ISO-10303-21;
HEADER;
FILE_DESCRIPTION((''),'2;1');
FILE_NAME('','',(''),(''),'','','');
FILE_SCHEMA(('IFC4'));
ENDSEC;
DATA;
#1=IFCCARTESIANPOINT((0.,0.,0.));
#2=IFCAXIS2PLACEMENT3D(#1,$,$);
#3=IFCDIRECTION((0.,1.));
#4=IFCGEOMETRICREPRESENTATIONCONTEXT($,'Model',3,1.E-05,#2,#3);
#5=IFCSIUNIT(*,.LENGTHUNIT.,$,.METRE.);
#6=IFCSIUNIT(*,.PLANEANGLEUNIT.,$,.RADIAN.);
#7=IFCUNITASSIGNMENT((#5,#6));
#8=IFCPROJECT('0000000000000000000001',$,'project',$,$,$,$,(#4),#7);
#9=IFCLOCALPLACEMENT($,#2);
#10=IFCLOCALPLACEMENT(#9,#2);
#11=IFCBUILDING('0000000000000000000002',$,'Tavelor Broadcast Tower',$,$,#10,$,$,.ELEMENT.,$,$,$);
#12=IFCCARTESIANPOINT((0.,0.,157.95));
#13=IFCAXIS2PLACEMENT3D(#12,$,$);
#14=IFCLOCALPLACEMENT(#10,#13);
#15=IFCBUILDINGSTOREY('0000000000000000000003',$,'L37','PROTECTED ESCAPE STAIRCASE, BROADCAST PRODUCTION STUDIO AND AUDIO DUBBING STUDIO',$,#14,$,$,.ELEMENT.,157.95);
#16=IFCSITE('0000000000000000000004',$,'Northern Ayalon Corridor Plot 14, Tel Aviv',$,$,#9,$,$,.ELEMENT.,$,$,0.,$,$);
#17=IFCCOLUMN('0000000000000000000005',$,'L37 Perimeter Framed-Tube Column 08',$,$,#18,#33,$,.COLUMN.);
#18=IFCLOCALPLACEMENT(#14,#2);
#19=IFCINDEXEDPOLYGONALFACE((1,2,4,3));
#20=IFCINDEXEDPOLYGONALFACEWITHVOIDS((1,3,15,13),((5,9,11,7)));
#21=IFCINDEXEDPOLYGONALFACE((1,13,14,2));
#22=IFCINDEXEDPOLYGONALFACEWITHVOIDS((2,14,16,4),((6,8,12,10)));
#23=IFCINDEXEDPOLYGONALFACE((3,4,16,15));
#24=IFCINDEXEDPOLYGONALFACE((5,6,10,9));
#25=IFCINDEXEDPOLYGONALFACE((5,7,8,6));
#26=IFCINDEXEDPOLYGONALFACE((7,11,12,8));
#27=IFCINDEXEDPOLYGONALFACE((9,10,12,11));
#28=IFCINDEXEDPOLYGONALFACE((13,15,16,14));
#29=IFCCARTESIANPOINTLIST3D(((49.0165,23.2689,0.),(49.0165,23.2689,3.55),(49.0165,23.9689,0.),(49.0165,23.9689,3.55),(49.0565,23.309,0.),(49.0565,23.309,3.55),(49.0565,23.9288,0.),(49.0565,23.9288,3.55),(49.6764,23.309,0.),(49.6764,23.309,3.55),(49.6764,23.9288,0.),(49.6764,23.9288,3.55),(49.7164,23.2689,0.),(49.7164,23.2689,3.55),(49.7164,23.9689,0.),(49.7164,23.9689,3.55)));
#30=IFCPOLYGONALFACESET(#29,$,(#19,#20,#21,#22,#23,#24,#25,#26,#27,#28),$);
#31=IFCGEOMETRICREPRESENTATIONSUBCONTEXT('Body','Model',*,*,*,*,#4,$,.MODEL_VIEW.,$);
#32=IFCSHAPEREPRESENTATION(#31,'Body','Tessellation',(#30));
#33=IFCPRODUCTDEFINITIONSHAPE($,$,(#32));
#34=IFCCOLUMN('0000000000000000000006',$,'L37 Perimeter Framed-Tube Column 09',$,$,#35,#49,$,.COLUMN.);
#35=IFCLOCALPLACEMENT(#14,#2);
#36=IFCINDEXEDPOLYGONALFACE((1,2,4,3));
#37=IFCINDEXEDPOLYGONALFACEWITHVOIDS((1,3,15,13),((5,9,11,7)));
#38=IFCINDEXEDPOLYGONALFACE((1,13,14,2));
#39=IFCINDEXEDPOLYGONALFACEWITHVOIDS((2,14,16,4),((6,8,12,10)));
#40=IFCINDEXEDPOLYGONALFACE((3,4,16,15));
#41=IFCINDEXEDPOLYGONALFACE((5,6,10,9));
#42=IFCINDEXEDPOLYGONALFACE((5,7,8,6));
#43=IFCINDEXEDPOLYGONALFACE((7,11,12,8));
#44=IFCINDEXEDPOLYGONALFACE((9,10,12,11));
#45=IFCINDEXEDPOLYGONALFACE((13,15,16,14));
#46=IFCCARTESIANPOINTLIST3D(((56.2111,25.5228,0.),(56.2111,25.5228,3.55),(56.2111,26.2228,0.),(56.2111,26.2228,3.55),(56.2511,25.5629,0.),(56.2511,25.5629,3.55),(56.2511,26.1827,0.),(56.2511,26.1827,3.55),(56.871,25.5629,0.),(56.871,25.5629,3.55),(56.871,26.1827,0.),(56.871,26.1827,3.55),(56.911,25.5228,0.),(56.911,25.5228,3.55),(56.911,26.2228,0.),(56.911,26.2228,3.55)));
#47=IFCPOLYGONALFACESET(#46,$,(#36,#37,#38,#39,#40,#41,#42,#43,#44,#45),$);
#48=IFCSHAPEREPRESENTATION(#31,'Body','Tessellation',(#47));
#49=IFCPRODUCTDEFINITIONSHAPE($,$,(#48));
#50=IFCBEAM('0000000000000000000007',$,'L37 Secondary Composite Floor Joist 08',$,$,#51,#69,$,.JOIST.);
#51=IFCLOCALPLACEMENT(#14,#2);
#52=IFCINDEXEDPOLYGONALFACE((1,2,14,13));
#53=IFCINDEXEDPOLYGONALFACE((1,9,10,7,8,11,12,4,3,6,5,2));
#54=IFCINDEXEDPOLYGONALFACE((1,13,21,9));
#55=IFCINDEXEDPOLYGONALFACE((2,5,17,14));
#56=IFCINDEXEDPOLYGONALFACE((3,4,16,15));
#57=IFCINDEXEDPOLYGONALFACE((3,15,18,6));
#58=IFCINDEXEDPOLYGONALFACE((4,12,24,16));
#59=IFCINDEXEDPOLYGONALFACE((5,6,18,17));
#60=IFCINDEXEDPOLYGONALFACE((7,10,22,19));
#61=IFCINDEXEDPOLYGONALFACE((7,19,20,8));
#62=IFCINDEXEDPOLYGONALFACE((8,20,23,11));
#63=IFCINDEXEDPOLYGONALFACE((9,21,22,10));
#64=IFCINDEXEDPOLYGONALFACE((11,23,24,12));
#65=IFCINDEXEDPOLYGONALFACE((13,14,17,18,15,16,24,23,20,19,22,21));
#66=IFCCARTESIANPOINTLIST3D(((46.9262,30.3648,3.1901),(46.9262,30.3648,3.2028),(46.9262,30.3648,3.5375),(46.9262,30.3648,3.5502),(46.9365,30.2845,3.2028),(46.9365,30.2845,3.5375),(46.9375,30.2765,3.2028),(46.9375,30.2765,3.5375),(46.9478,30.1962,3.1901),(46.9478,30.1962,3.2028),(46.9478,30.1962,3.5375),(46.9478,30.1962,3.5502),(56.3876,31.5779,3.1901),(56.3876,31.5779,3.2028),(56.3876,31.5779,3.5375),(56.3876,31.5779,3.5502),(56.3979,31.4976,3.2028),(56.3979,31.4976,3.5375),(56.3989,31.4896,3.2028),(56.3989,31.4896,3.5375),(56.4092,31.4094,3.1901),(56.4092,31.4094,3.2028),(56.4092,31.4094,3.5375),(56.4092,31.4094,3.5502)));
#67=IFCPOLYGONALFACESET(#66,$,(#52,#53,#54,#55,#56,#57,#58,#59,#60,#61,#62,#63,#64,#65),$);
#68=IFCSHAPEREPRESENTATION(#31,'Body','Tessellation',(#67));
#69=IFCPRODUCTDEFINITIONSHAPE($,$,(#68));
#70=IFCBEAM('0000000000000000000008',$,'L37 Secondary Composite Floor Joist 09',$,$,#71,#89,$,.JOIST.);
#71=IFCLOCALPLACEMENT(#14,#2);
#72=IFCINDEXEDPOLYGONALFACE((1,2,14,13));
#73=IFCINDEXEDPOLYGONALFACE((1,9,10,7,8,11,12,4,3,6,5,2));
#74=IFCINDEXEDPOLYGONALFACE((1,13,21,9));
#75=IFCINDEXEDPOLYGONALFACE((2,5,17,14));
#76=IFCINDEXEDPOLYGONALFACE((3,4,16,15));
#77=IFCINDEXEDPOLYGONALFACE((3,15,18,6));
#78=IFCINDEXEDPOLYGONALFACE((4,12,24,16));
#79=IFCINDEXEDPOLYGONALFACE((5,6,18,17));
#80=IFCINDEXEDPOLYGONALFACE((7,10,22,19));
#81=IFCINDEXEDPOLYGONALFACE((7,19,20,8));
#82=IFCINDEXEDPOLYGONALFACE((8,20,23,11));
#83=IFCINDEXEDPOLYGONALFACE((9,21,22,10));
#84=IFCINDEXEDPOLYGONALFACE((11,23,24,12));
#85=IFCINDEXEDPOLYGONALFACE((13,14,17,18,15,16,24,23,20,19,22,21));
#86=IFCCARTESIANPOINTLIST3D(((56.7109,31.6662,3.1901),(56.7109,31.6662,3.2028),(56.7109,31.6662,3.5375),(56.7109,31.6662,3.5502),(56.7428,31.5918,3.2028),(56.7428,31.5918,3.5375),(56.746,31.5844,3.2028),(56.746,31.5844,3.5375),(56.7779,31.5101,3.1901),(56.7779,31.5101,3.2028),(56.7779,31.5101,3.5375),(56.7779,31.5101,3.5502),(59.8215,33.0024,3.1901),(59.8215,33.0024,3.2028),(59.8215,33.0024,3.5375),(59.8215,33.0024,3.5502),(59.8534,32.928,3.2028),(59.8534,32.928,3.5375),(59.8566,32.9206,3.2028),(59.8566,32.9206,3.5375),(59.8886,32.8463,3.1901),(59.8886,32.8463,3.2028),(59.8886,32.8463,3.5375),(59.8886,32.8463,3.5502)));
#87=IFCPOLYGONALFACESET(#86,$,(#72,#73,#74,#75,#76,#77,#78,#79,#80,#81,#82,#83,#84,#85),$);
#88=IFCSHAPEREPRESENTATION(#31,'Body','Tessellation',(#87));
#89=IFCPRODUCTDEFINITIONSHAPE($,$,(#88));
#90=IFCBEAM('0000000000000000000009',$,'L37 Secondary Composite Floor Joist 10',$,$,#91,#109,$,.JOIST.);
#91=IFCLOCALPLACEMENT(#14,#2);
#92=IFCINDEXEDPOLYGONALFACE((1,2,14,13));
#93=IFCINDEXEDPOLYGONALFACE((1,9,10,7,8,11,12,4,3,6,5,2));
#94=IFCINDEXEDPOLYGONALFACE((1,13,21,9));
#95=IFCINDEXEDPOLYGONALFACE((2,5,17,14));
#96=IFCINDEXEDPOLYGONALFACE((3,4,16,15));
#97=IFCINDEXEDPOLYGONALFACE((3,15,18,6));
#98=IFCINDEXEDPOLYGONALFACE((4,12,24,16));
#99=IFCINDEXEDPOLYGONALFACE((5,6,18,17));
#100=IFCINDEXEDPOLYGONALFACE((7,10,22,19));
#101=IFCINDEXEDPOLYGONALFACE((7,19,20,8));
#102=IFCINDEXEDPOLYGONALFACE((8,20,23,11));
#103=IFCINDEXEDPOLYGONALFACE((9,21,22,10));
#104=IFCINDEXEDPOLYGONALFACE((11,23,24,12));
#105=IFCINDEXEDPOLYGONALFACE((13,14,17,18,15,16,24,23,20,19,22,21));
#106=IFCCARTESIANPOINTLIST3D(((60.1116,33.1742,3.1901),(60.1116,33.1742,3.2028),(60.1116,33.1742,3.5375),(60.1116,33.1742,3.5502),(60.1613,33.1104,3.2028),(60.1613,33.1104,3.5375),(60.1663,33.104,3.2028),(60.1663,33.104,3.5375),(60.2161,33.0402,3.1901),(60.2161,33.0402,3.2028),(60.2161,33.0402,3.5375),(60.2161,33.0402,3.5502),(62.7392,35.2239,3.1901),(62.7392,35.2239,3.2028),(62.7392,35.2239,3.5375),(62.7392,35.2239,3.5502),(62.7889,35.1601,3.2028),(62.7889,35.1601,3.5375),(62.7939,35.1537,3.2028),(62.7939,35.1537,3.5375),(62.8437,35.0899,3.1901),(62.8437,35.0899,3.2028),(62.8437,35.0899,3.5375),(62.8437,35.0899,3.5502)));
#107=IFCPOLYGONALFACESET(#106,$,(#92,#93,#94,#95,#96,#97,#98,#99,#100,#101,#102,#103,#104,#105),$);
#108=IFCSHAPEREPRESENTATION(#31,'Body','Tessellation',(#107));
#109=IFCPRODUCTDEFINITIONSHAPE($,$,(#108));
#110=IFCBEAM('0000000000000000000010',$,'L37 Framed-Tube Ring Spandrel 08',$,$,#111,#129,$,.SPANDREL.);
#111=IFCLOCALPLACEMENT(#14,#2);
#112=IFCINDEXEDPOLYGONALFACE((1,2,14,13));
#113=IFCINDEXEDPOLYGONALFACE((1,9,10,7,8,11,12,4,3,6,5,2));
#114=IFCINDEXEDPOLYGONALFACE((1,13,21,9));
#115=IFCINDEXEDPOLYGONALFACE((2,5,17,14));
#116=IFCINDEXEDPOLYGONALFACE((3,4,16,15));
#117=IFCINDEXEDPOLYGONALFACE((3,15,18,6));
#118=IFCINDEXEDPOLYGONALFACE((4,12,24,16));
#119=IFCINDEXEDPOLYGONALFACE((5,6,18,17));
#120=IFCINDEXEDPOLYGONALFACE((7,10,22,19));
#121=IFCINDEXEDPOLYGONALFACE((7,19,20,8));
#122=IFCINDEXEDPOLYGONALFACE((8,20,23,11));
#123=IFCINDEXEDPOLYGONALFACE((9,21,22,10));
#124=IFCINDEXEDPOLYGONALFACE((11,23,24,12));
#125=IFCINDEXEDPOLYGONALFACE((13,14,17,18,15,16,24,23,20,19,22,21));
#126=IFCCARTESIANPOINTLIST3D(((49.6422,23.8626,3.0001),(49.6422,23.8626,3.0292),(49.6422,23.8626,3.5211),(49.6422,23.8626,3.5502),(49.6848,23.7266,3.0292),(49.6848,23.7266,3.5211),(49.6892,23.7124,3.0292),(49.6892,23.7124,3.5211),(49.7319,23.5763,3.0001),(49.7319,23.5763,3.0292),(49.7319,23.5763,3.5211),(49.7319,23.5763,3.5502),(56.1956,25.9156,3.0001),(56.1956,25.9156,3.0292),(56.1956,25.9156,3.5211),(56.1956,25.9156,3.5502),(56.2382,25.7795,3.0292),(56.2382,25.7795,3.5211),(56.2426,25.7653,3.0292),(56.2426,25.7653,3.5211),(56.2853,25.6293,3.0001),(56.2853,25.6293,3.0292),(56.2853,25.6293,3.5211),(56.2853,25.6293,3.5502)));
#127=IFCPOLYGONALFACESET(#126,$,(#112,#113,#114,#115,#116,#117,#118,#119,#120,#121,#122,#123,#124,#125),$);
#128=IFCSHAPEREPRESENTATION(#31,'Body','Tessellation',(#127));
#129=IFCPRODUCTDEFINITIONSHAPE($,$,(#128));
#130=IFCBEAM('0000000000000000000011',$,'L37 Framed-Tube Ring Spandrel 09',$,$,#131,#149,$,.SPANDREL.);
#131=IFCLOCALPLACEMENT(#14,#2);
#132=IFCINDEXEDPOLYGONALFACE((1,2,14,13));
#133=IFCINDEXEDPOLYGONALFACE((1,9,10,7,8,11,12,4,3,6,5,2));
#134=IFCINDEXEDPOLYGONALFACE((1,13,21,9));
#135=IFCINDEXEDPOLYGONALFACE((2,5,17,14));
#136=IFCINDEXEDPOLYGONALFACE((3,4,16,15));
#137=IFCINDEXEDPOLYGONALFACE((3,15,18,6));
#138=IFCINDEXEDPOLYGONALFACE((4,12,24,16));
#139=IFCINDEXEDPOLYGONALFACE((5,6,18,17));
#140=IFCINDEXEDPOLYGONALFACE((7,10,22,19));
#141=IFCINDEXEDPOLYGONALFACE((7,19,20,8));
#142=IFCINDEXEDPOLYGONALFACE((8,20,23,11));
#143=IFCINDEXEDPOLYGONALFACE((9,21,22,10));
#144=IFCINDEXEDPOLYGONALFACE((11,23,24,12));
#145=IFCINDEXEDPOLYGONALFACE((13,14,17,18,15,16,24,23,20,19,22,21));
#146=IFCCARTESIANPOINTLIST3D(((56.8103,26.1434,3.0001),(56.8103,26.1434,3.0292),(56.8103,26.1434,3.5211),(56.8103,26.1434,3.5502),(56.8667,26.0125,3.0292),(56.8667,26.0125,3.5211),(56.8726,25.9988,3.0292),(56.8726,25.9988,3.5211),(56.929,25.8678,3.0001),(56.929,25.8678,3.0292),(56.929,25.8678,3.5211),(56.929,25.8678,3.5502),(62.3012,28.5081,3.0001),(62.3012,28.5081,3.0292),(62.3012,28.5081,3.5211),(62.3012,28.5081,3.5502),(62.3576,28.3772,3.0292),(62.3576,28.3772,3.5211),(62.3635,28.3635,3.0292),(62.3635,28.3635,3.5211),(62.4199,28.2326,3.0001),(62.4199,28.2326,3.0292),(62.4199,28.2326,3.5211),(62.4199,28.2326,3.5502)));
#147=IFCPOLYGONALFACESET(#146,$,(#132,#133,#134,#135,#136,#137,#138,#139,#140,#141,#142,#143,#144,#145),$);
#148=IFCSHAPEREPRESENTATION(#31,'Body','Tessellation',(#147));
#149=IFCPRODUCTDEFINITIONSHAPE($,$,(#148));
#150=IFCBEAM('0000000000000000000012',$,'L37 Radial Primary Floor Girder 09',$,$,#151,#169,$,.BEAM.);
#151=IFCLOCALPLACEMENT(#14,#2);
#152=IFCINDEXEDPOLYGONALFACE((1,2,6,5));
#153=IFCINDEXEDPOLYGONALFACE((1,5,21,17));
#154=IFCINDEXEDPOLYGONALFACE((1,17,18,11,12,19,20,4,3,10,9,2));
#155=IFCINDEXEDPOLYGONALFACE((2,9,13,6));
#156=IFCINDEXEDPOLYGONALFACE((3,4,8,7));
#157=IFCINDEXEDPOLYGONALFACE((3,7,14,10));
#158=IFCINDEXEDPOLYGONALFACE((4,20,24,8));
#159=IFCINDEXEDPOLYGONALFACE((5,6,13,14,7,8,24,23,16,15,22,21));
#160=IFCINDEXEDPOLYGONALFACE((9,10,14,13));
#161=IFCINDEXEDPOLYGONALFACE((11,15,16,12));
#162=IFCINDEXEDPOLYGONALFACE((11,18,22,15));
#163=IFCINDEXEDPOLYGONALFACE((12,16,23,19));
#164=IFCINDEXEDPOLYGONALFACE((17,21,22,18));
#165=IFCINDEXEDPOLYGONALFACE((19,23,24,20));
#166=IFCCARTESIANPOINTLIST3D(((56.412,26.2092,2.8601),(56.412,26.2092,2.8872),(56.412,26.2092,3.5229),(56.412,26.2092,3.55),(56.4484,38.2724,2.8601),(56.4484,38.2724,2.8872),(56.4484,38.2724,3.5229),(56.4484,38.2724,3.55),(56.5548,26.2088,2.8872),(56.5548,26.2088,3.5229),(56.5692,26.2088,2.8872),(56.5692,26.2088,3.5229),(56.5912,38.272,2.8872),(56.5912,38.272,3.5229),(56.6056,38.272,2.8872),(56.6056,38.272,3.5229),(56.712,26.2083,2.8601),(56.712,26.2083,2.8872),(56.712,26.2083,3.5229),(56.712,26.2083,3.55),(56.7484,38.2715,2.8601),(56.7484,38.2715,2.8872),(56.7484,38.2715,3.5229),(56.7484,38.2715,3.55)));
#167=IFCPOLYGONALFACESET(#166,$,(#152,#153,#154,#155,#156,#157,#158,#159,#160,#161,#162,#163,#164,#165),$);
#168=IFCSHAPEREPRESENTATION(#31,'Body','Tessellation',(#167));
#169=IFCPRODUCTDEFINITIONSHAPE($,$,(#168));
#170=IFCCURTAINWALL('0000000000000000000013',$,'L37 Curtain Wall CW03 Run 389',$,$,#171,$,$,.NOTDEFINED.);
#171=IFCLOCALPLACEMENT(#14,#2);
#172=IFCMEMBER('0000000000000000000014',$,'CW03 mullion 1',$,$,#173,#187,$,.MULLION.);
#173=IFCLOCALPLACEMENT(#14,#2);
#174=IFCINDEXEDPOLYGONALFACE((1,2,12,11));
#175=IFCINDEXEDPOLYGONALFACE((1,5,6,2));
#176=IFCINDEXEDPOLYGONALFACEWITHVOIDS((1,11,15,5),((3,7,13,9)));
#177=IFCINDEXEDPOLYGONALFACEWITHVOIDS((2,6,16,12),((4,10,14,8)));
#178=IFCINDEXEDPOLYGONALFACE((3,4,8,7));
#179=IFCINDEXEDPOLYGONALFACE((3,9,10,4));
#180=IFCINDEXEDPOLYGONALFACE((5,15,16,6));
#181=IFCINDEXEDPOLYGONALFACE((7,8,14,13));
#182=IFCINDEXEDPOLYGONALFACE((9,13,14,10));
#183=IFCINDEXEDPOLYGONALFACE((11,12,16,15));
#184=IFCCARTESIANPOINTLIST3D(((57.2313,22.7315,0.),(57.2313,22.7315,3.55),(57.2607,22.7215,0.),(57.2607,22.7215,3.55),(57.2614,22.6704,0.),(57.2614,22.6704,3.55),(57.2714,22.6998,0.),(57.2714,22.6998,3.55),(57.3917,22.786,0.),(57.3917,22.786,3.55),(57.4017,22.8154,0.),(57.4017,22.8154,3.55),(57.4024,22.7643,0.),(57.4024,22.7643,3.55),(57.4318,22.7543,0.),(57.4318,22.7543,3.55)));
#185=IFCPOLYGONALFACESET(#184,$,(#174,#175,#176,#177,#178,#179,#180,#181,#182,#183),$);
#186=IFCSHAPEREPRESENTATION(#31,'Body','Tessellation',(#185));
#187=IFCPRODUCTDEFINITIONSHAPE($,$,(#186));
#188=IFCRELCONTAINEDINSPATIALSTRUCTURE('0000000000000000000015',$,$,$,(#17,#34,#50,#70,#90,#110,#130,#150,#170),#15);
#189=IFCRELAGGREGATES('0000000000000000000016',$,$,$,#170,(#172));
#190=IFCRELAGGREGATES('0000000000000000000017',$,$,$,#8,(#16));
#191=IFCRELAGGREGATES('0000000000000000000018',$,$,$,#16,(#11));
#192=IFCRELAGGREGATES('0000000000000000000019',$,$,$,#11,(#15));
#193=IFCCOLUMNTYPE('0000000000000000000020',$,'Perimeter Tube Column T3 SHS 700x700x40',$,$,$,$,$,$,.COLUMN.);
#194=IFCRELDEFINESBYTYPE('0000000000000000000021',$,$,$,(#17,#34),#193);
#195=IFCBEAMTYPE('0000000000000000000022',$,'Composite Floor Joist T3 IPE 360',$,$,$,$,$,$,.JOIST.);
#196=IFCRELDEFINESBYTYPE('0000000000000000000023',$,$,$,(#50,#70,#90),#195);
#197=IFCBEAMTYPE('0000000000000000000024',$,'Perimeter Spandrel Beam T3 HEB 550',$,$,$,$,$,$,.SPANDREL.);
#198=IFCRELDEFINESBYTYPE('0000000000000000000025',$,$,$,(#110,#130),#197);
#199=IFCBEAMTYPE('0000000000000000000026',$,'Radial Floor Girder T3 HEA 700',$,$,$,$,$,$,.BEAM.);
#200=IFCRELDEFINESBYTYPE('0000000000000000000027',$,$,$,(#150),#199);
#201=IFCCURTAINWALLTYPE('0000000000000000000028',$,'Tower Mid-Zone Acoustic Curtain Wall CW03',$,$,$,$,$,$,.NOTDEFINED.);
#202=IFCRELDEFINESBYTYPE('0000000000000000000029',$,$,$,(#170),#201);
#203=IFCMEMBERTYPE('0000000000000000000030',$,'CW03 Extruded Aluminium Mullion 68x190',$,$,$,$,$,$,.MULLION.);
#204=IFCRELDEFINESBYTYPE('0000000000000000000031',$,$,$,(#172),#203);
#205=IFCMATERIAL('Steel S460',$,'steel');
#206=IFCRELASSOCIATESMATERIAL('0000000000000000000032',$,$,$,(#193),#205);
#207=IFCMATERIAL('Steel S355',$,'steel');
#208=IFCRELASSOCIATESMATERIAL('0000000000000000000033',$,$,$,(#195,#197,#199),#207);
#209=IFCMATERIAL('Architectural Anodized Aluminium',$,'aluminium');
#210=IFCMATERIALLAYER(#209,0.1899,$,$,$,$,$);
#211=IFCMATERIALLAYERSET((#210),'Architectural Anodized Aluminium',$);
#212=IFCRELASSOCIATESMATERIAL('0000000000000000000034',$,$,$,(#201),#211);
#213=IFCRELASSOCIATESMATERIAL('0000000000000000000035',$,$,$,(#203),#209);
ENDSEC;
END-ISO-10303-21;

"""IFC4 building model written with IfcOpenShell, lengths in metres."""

from ifc_helpers import new_model, si_unit, direction, frame, origin, origin_2d, place, context, subcontext, project, spatial, hollow_rectangle, i_section, extrude, source, transform, mapped, material, layer, layer_set, material_profile, profile_set, type_object, type_shapes, element, aggregate, save


model = new_model("IFC4")

# Units and contexts
model_context = context("Model", 3, precision=1e-05, world=origin(), true_north=direction((0.0, 1.0)))
body_context = subcontext(model_context, "Body", "Model", "MODEL_VIEW")
ifc_project = project(units=[si_unit("LENGTHUNIT", "METRE"), si_unit("PLANEANGLEUNIT", "RADIAN")], contexts=[model_context])

# Site, building, storey
site_placement = place(None, origin())
site = spatial("IfcSite", under=ifc_project, at=site_placement, Name="Northern Ayalon Corridor Plot 14, Tel Aviv", CompositionType="ELEMENT", RefElevation=0.0)
building_placement = place(site_placement, origin())
building = spatial("IfcBuilding", under=site, at=building_placement, Name="Tavelor Broadcast Tower", CompositionType="ELEMENT")
storey_placement = place(building_placement, frame((0.0, 0.0, 157.95)))
storey = spatial("IfcBuildingStorey", under=building, at=storey_placement, Name="L37", Description="PROTECTED ESCAPE STAIRCASE, BROADCAST PRODUCTION STUDIO AND AUDIO DUBBING STUDIO", CompositionType="ELEMENT", Elevation=157.95)

# Columns
ifc_material_1 = material(Name="Steel S460", Category="steel")
ifc_material_profile_1 = material_profile(ifc_material_1, hollow_rectangle(XDim=0.7, YDim=0.7, WallThickness=0.04, at=origin_2d()), Name="SHS 700x700x40")
ifc_profile_set_1 = profile_set([ifc_material_profile_1], Name="Steel S460")
column_type = type_object("IfcColumnType", Name="Perimeter Tube Column T3 SHS 700x700x40", PredefinedType="COLUMN", material=ifc_profile_set_1)
for number, where, z_axis, x_axis, name in (
    (1, (49.3665, 23.6189, 0.0), (0.0, 0.0, 1.0), (1.0, 0.0, 0.0), "L37 Perimeter Framed-Tube Column 08"),
    (2, (56.561, 25.8728, 0.0), (0.0, 0.0, 1.0), (1.0, 0.0, 0.0), "L37 Perimeter Framed-Tube Column 09"),
):
    element("IfcColumn", number, at=place(storey_placement, frame(where, z_axis=z_axis, x_axis=x_axis)), inside=storey, type_object=column_type, Name=name, PredefinedType="COLUMN", context=body_context, shape_type="SweptSolid", body=[
        extrude(hollow_rectangle(XDim=0.7, YDim=0.7, WallThickness=0.04, at=origin_2d()), origin(), (0.0, 0.0, 1.0), 3.55),
    ])

# Beams
ifc_material_2 = material(Name="Steel S355", Category="steel")
ifc_material_profile_2 = material_profile(ifc_material_2, i_section(OverallWidth=0.1699, OverallDepth=0.3601, WebThickness=0.0081, FlangeThickness=0.0127, at=origin_2d()), Name="IPE 360")
ifc_profile_set_2 = profile_set([ifc_material_profile_2], Name="Steel S355")
beam_type_1 = type_object("IfcBeamType", Name="Composite Floor Joist T3 IPE 360", PredefinedType="JOIST", material=ifc_profile_set_2)
beam_1_placement = place(storey_placement, frame((46.937, 30.2805, 3.3701), z_axis=(0.99188, 0.127178, 0.0), x_axis=(-0.127178, 0.99188, 0.0)))
element("IfcBeam", 3, at=beam_1_placement, inside=storey, type_object=beam_type_1, Name="L37 Secondary Composite Floor Joist 08", PredefinedType="JOIST", context=body_context, shape_type="SweptSolid", body=[
    extrude(i_section(OverallWidth=0.1699, OverallDepth=0.3601, WebThickness=0.0081, FlangeThickness=0.0127, at=origin_2d()), origin(), (0.0, 0.0, 1.0), 9.5388),
])
beam_2_placement = place(storey_placement, frame((56.7444, 31.5881, 3.3701), z_axis=(0.918816, 0.394685, 0.0), x_axis=(-0.394685, 0.918816, 0.0)))
element("IfcBeam", 4, at=beam_2_placement, inside=storey, type_object=beam_type_1, Name="L37 Secondary Composite Floor Joist 09", PredefinedType="JOIST", context=body_context, shape_type="SweptSolid", body=[
    extrude(i_section(OverallWidth=0.1699, OverallDepth=0.3601, WebThickness=0.0081, FlangeThickness=0.0127, at=origin_2d()), origin(), (0.0, 0.0, 1.0), 3.3855),
])
beam_3_placement = place(storey_placement, frame((60.1638, 33.1072, 3.3701), z_axis=(0.788472, 0.615071, 0.0), x_axis=(-0.615071, 0.788472, 0.0)))
element("IfcBeam", 5, at=beam_3_placement, inside=storey, type_object=beam_type_1, Name="L37 Secondary Composite Floor Joist 10", PredefinedType="JOIST", context=body_context, shape_type="SweptSolid", body=[
    extrude(i_section(OverallWidth=0.1699, OverallDepth=0.3601, WebThickness=0.0081, FlangeThickness=0.0127, at=origin_2d()), origin(), (0.0, 0.0, 1.0), 3.3325),
])
ifc_material_profile_3 = material_profile(ifc_material_2, i_section(OverallWidth=0.3, OverallDepth=0.55, WebThickness=0.0149, FlangeThickness=0.0291, at=origin_2d()), Name="HEB 550")
ifc_profile_set_3 = profile_set([ifc_material_profile_3], Name="Steel S355")
beam_type_2 = type_object("IfcBeamType", Name="Perimeter Spandrel Beam T3 HEB 550", PredefinedType="SPANDREL", material=ifc_profile_set_3)
beam_4_placement = place(storey_placement, frame((49.687, 23.7195, 3.2751), z_axis=(0.954272, 0.298941, 0.0), x_axis=(-0.298941, 0.954272, 0.0)))
element("IfcBeam", 6, at=beam_4_placement, inside=storey, type_object=beam_type_2, Name="L37 Framed-Tube Ring Spandrel 08", PredefinedType="SPANDREL", context=body_context, shape_type="SweptSolid", body=[
    extrude(i_section(OverallWidth=0.3, OverallDepth=0.55, WebThickness=0.0149, FlangeThickness=0.0291, at=origin_2d()), origin(), (0.0, 0.0, 1.0), 6.8674),
])
beam_5_placement = place(storey_placement, frame((56.8696, 26.0056, 3.2751), z_axis=(0.918449, 0.39554, 0.0), x_axis=(-0.39554, 0.918449, 0.0)))
element("IfcBeam", 7, at=beam_5_placement, inside=storey, type_object=beam_type_2, Name="L37 Framed-Tube Ring Spandrel 09", PredefinedType="SPANDREL", context=body_context, shape_type="SweptSolid", body=[
    extrude(i_section(OverallWidth=0.3, OverallDepth=0.55, WebThickness=0.0149, FlangeThickness=0.0291, at=origin_2d()), origin(), (0.0, 0.0, 1.0), 5.9785),
])
ifc_material_profile_4 = material_profile(ifc_material_2, i_section(OverallWidth=0.3, OverallDepth=0.6899, WebThickness=0.0144, FlangeThickness=0.0271, at=origin_2d()), Name="HEA 700")
ifc_profile_set_4 = profile_set([ifc_material_profile_4], Name="Steel S355")
beam_type_3 = type_object("IfcBeamType", Name="Radial Floor Girder T3 HEA 700", PredefinedType="BEAM", material=ifc_profile_set_4)
beam_6_placement = place(storey_placement, frame((56.5984, 38.272, 3.2051), z_axis=(-0.003016, -0.999995, 0.0), x_axis=(0.999995, -0.003016, 0.0)))
element("IfcBeam", 8, at=beam_6_placement, inside=storey, type_object=beam_type_3, Name="L37 Radial Primary Floor Girder 09", PredefinedType="BEAM", context=body_context, shape_type="SweptSolid", body=[
    extrude(i_section(OverallWidth=0.3, OverallDepth=0.6899, WebThickness=0.0144, FlangeThickness=0.0271, at=origin_2d()), origin(), (0.0, 0.0, 1.0), 12.0632),
])

# Curtain wall, member
ifc_material_3 = material(Name="Architectural Anodized Aluminium", Category="aluminium")
ifc_layer_1 = layer(ifc_material_3, 0.1899)
ifc_layer_set_1 = layer_set([ifc_layer_1], Name="Architectural Anodized Aluminium")
curtain_wall_type = type_object("IfcCurtainWallType", Name="Tower Mid-Zone Acoustic Curtain Wall CW03", PredefinedType="NOTDEFINED", material=ifc_layer_set_1)
curtain_wall_placement = place(storey_placement, origin())
curtain_wall = element("IfcCurtainWall", 9, at=curtain_wall_placement, inside=storey, type_object=curtain_wall_type, Name="L37 Curtain Wall CW03 Run 389", PredefinedType="NOTDEFINED")
ifc_material_profile_5 = material_profile(ifc_material_3, hollow_rectangle(XDim=0.0681, YDim=0.1899, WallThickness=0.022, at=origin_2d()), Name="RHS 68x190x22")
ifc_profile_set_5 = profile_set([ifc_material_profile_5], Name="Architectural Anodized Aluminium")
member_type_1 = type_object("IfcMemberType", Name="CW03 Extruded Aluminium Mullion 68x190", PredefinedType="MULLION", material=ifc_profile_set_5)
shared_shape_1 = source(origin(), body_context, "Body", "SweptSolid", [
    extrude(hollow_rectangle(XDim=0.0681, YDim=0.1899, WallThickness=0.022, at=origin_2d()), origin(), (0.0, 0.0, 1.0), 3.55),
])
type_shapes(member_type_1, [shared_shape_1])
member_1_placement = place(storey_placement, frame((57.3315, 22.7429, 0.0), z_axis=(0.0, 0.0, 1.0), x_axis=(-0.441896, 0.897066, 0.0)))
member_1 = element("IfcMember", 10, at=member_1_placement, type_object=member_type_1, Name="CW03 mullion 1", PredefinedType="MULLION", context=body_context, shape_type="MappedRepresentation", body=[
    mapped(shared_shape_1, transform((0.0, 0.0, 0.0), scale=1.0)),
])

aggregate(curtain_wall, [member_1])

save(model, "model.ifc")
